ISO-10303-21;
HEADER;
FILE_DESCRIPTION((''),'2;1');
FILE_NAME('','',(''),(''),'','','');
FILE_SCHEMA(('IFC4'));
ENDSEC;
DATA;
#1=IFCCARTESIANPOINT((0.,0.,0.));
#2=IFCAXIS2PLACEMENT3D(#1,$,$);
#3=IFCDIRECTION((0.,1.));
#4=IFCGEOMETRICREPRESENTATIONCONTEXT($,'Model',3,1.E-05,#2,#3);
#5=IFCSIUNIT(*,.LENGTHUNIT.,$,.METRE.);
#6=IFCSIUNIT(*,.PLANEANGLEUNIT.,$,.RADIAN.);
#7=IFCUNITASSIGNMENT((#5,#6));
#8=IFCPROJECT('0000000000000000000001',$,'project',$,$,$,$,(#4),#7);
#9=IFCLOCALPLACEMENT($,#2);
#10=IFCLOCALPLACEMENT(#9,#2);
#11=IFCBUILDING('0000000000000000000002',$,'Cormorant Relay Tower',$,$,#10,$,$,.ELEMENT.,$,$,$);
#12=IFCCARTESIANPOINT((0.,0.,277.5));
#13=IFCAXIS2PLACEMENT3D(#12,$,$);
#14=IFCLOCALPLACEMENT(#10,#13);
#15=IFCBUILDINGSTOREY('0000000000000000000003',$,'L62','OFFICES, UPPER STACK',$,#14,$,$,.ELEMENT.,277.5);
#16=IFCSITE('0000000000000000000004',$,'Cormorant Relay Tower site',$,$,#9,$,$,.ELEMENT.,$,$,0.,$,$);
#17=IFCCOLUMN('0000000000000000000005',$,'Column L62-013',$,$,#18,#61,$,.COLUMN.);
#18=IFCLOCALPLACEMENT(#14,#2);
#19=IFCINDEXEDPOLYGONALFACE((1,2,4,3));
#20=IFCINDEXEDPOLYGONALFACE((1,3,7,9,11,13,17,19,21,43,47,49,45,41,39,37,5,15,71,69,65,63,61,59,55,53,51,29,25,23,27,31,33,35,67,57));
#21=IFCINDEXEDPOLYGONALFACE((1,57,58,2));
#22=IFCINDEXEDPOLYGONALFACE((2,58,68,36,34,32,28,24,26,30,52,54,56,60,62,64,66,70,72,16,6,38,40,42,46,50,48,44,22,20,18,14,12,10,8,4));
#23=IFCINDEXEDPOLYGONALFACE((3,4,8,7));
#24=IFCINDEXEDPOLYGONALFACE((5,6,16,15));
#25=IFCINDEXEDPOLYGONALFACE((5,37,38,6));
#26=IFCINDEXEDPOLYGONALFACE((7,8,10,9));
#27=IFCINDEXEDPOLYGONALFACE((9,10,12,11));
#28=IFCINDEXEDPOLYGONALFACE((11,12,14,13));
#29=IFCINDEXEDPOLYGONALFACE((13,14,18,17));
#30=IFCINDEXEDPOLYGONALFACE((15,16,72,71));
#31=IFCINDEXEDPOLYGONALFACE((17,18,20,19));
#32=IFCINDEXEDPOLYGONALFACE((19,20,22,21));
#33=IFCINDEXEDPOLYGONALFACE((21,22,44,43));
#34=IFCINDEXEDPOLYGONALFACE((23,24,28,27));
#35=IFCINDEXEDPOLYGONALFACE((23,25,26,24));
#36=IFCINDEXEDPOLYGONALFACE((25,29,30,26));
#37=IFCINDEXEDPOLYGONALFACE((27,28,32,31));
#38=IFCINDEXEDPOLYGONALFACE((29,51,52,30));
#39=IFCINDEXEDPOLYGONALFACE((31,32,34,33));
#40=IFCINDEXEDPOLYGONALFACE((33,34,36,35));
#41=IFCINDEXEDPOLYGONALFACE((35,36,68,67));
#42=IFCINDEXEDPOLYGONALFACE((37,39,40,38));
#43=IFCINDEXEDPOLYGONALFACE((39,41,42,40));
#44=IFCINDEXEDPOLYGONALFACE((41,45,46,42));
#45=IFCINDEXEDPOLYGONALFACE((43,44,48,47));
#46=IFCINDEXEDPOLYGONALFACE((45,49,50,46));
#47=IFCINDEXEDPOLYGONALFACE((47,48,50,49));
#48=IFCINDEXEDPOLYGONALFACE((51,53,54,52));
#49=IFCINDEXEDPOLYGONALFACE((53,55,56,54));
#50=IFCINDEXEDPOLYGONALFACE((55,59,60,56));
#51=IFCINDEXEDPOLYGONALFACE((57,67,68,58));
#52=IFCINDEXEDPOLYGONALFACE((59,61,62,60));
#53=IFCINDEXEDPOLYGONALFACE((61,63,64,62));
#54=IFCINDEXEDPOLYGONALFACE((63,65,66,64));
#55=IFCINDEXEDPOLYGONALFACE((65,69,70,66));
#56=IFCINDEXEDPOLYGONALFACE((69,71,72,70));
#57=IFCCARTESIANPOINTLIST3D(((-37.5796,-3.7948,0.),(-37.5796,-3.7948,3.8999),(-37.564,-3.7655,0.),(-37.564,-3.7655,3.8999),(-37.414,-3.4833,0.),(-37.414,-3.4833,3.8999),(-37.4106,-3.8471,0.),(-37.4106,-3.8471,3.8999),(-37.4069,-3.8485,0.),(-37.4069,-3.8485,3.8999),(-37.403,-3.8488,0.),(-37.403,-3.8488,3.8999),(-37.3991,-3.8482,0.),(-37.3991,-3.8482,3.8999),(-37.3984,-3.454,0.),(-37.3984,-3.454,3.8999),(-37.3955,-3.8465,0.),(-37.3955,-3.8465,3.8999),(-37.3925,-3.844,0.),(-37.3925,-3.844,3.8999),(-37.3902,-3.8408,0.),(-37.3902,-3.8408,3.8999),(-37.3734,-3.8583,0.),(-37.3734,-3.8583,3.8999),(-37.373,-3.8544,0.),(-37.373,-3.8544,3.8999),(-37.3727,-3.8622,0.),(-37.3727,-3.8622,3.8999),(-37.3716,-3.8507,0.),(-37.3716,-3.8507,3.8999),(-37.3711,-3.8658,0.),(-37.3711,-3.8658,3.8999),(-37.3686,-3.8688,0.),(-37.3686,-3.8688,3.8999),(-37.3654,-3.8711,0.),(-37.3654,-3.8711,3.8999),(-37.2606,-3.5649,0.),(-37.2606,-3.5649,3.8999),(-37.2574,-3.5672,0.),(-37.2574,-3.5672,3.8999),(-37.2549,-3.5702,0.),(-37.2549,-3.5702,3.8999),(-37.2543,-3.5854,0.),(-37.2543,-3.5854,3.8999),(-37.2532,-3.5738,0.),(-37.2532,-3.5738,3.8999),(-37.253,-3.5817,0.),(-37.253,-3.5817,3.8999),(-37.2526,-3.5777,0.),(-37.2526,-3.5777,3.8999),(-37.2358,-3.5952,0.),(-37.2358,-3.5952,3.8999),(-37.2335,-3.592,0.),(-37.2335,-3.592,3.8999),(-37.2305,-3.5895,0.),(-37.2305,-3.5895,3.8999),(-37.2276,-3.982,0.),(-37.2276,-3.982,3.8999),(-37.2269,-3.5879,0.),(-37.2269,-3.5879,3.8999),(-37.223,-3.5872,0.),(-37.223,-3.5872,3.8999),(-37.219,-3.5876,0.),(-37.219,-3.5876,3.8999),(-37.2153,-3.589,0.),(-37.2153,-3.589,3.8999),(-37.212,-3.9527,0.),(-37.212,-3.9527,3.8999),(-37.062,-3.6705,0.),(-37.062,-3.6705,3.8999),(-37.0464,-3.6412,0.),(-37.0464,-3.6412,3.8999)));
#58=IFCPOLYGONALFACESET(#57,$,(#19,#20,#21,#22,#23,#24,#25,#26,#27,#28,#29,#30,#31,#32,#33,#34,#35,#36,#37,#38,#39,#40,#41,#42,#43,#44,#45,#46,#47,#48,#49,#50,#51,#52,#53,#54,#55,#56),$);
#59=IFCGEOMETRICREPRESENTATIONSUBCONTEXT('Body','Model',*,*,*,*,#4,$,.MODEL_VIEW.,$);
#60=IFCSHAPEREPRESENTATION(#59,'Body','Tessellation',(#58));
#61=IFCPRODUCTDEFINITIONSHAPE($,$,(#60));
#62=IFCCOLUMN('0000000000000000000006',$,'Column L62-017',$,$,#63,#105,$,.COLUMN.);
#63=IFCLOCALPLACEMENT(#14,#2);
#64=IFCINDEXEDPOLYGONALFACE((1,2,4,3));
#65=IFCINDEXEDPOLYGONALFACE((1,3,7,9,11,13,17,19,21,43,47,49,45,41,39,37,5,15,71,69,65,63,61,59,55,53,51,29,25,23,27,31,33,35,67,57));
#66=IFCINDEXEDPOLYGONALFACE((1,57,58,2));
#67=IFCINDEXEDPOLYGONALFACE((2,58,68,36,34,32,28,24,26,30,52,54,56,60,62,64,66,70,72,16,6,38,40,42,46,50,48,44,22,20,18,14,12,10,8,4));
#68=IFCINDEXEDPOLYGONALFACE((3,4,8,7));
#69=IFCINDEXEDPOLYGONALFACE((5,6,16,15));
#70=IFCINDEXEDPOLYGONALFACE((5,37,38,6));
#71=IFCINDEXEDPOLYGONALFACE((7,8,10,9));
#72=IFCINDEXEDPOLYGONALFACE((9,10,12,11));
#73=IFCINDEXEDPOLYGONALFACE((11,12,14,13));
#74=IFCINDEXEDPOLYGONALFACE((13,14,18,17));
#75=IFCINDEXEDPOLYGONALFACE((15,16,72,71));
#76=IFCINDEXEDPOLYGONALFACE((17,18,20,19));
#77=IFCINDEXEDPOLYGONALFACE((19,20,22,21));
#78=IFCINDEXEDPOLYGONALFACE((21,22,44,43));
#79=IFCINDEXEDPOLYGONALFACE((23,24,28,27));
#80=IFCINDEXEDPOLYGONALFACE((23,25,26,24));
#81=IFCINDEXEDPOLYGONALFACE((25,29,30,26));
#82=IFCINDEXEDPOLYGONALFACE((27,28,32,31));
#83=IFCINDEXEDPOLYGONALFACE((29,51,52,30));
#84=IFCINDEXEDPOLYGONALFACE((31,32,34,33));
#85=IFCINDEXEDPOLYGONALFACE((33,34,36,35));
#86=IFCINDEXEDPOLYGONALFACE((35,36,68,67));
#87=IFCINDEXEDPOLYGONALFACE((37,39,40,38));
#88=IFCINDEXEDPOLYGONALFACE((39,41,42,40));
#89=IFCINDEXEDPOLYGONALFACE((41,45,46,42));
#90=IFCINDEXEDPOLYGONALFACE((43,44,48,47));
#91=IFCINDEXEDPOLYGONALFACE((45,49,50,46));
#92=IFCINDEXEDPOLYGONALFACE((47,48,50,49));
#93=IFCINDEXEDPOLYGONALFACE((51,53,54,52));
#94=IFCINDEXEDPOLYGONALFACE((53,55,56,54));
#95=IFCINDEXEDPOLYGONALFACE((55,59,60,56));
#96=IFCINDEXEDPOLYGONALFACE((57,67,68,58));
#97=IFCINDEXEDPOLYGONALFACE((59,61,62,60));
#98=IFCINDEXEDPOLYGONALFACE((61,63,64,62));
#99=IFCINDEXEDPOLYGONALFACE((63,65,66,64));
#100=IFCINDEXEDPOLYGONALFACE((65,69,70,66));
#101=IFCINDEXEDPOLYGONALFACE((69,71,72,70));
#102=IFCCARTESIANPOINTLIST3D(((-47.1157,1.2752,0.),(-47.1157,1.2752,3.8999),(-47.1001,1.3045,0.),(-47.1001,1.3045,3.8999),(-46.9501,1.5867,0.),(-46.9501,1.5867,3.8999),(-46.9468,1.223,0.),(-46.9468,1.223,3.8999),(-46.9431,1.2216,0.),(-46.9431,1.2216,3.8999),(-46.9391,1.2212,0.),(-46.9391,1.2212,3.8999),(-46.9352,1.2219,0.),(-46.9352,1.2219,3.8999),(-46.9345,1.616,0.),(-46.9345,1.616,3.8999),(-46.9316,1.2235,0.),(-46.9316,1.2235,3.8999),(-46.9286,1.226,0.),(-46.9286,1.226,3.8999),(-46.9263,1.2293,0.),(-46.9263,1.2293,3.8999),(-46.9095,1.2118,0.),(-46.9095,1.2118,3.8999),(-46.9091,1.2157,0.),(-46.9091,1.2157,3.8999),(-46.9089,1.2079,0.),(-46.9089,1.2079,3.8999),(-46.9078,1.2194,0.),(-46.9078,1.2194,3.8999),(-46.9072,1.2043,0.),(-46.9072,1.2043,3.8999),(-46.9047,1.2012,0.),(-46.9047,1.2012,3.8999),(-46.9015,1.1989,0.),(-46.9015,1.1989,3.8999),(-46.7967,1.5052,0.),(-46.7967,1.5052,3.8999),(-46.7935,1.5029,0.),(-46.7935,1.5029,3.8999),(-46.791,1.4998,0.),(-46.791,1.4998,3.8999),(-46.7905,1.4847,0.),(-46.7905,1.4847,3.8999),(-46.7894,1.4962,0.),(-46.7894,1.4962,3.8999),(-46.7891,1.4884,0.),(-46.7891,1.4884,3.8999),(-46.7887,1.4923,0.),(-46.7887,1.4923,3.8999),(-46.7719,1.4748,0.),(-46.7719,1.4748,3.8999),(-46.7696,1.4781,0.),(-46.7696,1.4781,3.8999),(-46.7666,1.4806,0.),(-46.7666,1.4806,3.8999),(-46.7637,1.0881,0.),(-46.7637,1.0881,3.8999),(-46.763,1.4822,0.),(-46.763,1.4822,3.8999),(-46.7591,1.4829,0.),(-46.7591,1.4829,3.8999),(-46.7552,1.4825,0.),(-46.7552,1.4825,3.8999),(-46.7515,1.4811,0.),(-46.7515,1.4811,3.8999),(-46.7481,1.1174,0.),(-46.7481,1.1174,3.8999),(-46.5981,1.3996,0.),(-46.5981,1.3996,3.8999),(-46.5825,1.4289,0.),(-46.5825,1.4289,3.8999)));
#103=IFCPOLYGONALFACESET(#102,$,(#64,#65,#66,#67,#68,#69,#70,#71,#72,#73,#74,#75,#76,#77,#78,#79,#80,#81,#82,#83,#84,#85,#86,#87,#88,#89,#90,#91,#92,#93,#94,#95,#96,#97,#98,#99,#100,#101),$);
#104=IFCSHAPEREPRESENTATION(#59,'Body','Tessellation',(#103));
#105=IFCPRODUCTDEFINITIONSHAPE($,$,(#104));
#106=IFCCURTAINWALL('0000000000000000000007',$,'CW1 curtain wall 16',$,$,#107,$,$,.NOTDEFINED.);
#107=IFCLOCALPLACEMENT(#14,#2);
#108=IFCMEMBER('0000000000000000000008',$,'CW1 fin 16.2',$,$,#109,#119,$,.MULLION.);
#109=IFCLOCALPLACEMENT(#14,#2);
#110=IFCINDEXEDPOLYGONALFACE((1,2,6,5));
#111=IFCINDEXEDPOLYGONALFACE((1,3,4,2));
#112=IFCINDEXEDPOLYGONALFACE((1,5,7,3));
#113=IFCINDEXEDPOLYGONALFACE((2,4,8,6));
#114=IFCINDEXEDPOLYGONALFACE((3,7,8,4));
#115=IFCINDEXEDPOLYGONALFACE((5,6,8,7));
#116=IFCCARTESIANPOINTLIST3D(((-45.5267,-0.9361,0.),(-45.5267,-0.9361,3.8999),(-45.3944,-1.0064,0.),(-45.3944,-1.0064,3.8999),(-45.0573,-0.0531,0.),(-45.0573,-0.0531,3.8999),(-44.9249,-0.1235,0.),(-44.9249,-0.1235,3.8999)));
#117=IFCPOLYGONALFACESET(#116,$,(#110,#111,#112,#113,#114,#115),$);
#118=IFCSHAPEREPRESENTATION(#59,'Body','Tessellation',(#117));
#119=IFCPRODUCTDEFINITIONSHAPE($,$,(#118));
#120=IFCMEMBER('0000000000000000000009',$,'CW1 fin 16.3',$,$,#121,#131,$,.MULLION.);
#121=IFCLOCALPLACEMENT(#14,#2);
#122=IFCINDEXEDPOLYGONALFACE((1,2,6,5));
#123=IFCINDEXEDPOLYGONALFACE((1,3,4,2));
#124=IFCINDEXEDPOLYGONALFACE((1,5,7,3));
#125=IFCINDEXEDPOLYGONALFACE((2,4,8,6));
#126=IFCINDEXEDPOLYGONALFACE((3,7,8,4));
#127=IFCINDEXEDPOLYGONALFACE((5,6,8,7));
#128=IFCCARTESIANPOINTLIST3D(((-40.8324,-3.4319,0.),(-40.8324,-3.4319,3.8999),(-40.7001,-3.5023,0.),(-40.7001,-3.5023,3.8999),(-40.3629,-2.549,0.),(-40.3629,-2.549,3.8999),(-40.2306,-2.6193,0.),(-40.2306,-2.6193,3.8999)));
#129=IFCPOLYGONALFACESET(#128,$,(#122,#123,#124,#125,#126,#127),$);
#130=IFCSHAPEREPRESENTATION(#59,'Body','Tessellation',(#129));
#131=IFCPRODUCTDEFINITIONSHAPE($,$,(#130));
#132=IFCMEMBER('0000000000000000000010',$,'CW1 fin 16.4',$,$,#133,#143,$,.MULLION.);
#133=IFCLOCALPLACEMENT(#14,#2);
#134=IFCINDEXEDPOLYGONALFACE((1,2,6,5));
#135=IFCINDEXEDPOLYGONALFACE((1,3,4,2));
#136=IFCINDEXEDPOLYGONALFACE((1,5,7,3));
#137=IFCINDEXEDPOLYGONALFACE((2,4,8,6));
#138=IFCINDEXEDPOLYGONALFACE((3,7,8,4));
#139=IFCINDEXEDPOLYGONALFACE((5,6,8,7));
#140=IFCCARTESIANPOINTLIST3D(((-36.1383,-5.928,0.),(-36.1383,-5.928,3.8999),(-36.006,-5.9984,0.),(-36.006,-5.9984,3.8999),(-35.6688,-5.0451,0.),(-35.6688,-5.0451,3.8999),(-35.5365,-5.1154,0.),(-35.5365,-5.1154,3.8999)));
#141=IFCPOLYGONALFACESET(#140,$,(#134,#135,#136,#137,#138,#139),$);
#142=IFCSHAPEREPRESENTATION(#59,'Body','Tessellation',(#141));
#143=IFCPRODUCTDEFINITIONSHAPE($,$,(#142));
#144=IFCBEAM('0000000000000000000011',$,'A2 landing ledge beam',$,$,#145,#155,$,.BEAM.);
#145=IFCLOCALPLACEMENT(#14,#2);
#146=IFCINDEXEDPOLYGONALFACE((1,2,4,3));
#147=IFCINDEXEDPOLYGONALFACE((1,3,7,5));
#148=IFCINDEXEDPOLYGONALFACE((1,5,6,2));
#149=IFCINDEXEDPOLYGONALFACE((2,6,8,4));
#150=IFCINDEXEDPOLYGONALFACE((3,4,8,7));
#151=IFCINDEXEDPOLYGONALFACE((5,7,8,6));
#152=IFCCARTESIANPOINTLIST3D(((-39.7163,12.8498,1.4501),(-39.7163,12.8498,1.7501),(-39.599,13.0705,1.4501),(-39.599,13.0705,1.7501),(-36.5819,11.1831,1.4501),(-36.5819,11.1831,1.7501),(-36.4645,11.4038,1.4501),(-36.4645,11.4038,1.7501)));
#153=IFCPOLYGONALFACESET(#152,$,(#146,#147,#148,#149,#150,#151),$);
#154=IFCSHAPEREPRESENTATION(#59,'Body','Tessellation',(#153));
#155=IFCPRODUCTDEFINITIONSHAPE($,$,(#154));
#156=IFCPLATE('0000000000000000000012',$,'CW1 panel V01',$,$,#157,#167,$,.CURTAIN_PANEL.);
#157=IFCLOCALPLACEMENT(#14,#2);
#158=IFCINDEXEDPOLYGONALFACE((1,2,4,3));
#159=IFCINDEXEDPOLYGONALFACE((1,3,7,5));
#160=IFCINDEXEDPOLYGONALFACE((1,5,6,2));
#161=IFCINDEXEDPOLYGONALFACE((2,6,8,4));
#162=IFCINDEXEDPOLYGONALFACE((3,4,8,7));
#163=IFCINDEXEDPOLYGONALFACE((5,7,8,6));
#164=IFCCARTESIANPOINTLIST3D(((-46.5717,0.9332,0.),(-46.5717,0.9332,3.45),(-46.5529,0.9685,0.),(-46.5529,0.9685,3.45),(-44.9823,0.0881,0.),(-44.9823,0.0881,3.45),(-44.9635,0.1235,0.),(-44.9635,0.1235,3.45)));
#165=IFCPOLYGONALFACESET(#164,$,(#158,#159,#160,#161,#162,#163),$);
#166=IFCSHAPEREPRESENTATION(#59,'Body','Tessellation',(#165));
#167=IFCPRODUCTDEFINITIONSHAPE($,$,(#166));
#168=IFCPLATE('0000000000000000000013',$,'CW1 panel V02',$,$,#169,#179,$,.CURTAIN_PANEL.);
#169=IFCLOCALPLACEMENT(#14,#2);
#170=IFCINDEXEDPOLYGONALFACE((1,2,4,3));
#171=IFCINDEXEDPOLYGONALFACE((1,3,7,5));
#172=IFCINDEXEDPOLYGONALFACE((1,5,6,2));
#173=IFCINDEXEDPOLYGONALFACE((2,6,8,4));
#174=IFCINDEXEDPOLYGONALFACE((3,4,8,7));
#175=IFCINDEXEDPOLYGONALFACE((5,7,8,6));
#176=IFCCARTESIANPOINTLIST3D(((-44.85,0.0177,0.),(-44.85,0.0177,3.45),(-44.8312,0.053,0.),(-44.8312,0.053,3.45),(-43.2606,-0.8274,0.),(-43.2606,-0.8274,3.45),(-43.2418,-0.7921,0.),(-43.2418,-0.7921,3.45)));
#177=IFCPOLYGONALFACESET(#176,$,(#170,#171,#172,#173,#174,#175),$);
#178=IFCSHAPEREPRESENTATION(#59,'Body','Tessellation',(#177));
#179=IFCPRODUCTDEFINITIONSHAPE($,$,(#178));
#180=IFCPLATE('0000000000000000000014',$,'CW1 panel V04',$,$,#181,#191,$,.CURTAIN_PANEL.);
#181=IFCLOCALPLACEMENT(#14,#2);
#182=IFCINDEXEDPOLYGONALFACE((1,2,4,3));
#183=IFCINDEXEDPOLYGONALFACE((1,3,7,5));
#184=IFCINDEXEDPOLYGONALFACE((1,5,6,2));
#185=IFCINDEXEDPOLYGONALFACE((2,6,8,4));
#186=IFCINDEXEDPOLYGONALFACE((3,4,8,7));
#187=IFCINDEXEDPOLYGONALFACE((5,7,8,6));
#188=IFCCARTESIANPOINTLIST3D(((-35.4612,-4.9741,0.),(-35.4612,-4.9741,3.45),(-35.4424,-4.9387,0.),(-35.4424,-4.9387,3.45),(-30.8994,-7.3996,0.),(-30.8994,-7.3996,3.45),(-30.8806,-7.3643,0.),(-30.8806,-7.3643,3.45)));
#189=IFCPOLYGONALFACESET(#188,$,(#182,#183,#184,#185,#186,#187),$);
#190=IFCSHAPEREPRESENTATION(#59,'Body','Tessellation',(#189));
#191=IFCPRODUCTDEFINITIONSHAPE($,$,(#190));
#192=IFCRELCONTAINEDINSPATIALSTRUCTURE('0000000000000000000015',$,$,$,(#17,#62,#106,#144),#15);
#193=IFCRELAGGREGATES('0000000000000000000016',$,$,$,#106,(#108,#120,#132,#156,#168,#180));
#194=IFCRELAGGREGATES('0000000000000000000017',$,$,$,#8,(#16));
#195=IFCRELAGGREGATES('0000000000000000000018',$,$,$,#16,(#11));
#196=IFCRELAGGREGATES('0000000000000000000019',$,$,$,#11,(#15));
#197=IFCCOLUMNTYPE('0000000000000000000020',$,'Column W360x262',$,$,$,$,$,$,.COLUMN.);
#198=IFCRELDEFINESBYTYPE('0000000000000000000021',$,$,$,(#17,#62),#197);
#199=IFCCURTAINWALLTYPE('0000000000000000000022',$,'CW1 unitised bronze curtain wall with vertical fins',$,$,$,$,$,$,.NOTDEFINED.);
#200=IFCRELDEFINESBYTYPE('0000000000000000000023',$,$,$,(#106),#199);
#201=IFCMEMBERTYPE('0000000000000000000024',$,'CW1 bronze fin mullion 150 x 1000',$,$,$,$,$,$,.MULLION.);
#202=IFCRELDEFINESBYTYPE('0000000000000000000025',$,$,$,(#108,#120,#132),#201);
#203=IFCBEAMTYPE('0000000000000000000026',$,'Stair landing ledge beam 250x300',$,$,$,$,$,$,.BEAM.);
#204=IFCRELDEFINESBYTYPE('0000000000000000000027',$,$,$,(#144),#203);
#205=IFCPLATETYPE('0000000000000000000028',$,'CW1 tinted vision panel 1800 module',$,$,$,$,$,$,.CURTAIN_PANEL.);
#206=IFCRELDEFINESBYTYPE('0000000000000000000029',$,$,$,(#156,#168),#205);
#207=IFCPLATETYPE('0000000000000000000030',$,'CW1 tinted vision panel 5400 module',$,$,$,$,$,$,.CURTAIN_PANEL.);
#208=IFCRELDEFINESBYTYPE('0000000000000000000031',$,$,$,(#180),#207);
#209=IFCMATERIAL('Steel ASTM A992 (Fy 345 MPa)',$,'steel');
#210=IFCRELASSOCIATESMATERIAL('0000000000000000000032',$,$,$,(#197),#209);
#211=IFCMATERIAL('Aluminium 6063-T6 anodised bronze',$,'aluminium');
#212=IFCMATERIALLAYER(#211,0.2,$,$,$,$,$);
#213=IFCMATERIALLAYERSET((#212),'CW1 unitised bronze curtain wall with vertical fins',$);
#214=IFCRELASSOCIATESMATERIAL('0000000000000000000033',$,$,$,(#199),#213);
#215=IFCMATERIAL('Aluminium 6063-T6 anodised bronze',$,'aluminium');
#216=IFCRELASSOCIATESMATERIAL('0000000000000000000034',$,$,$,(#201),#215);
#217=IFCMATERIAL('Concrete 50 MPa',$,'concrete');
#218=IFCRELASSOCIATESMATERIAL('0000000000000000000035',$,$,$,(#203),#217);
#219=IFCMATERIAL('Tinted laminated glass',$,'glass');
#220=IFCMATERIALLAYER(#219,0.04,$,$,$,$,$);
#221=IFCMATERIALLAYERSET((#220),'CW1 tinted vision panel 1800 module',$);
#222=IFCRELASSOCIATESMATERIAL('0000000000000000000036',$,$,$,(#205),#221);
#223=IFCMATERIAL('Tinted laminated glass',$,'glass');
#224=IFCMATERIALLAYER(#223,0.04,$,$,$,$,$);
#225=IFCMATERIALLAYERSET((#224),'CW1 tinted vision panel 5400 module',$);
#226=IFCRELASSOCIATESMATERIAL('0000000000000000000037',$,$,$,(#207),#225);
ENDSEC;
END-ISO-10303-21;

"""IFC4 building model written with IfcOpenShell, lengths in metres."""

from ifc_helpers import new_model, si_unit, direction, frame, origin, origin_2d, place, context, subcontext, project, spatial, rectangle, i_section, extrude, material, layer, layer_set, material_profile, profile_set, type_object, element, aggregate, save


model = new_model("IFC4")

# Units and contexts
model_context = context("Model", 3, precision=1e-05, world=origin(), true_north=direction((0.0, 1.0)))
body_context = subcontext(model_context, "Body", "Model", "MODEL_VIEW")
ifc_project = project(units=[si_unit("LENGTHUNIT", "METRE"), si_unit("PLANEANGLEUNIT", "RADIAN")], contexts=[model_context])

# Site, building, storey
site_placement = place(None, origin())
site = spatial("IfcSite", under=ifc_project, at=site_placement, Name="Cormorant Relay Tower site", CompositionType="ELEMENT", RefElevation=0.0)
building_placement = place(site_placement, origin())
building = spatial("IfcBuilding", under=site, at=building_placement, Name="Cormorant Relay Tower", CompositionType="ELEMENT")
storey_placement = place(building_placement, frame((0.0, 0.0, 277.5)))
storey = spatial("IfcBuildingStorey", under=building, at=storey_placement, Name="L62", Description="OFFICES, UPPER STACK", CompositionType="ELEMENT", Elevation=277.5)

# Columns
ifc_material_1 = material(Name="Steel ASTM A992 (Fy 345 MPa)", Category="steel")
ifc_material_profile_1 = material_profile(ifc_material_1, i_section(OverallWidth=0.3987, OverallDepth=0.386, WebThickness=0.021, FlangeThickness=0.0332, FilletRadius=0.0151, at=origin_2d()), Name="W360x262")
ifc_profile_set_1 = profile_set([ifc_material_profile_1], Name="Steel ASTM A992 (Fy 345 MPa)")
column_type = type_object("IfcColumnType", Name="Column W360x262", PredefinedType="COLUMN", material=ifc_profile_set_1)
for number, where, z_axis, x_axis, name in (
    (1, (-37.313, -3.718, 0.0), (0.0, 0.0, 1.0), (0.882948, -0.469472, 0.0), "Column L62-013"),
    (2, (-46.8491, 1.3521, 0.0), (0.0, 0.0, 1.0), (0.882948, -0.469472, 0.0), "Column L62-017"),
):
    element("IfcColumn", number, at=place(storey_placement, frame(where, z_axis=z_axis, x_axis=x_axis)), inside=storey, type_object=column_type, Name=name, PredefinedType="COLUMN", context=body_context, shape_type="SweptSolid", body=[
        extrude(i_section(OverallWidth=0.3987, OverallDepth=0.386, WebThickness=0.021, FlangeThickness=0.0332, FilletRadius=0.0151, at=origin_2d()), origin(), (0.0, 0.0, 1.0), 3.8999),
    ])

# Curtain wall, members
ifc_material_2 = material(Name="Aluminium 6063-T6 anodised bronze", Category="aluminium")
ifc_layer_1 = layer(ifc_material_2, 0.2)
ifc_layer_set_1 = layer_set([ifc_layer_1], Name="CW1 unitised bronze curtain wall with vertical fins")
curtain_wall_type = type_object("IfcCurtainWallType", Name="CW1 unitised bronze curtain wall with vertical fins", PredefinedType="NOTDEFINED", material=ifc_layer_set_1)
curtain_wall_placement = place(storey_placement, origin())
curtain_wall = element("IfcCurtainWall", 3, at=curtain_wall_placement, inside=storey, type_object=curtain_wall_type, Name="CW1 curtain wall 16", PredefinedType="NOTDEFINED")
ifc_material_3 = material(Name="Aluminium 6063-T6 anodised bronze", Category="aluminium")
ifc_material_profile_2 = material_profile(ifc_material_3, rectangle(XDim=0.1499, YDim=1.0, at=origin_2d()), Name="AL 150x1000")
ifc_profile_set_2 = profile_set([ifc_material_profile_2], Name="Aluminium 6063-T6 anodised bronze")
member_type = type_object("IfcMemberType", Name="CW1 bronze fin mullion 150 x 1000", PredefinedType="MULLION", material=ifc_profile_set_2)
member_1_placement = place(storey_placement, frame((-45.2258, -0.5298, 0.0), z_axis=(0.0, 0.0, 1.0), x_axis=(0.882948, -0.469472, 0.0)))
member_1 = element("IfcMember", 4, at=member_1_placement, type_object=member_type, Name="CW1 fin 16.2", PredefinedType="MULLION", context=body_context, shape_type="SweptSolid", body=[
    extrude(rectangle(XDim=0.1499, YDim=1.0, at=origin_2d()), origin(), (0.0, 0.0, 1.0), 3.8999),
])
member_2_placement = place(storey_placement, frame((-40.5315, -3.0256, 0.0), z_axis=(0.0, 0.0, 1.0), x_axis=(0.882948, -0.469472, 0.0)))
member_2 = element("IfcMember", 5, at=member_2_placement, type_object=member_type, Name="CW1 fin 16.3", PredefinedType="MULLION", context=body_context, shape_type="SweptSolid", body=[
    extrude(rectangle(XDim=0.1499, YDim=1.0, at=origin_2d()), origin(), (0.0, 0.0, 1.0), 3.8999),
])
member_3_placement = place(storey_placement, frame((-35.8374, -5.5217, 0.0), z_axis=(0.0, 0.0, 1.0), x_axis=(0.882948, -0.469472, 0.0)))
member_3 = element("IfcMember", 6, at=member_3_placement, type_object=member_type, Name="CW1 fin 16.4", PredefinedType="MULLION", context=body_context, shape_type="SweptSolid", body=[
    extrude(rectangle(XDim=0.1499, YDim=1.0, at=origin_2d()), origin(), (0.0, 0.0, 1.0), 3.8999),
])

# Beam
ifc_material_4 = material(Name="Concrete 50 MPa", Category="concrete")
ifc_material_profile_3 = material_profile(ifc_material_4, rectangle(XDim=0.25, YDim=0.3, at=origin_2d()), Name="RC 250x300")
ifc_profile_set_3 = profile_set([ifc_material_profile_3], Name="Concrete 50 MPa")
beam_type = type_object("IfcBeamType", Name="Stair landing ledge beam 250x300", PredefinedType="BEAM", material=ifc_profile_set_3)
beam_placement = place(storey_placement, frame((-36.5232, 11.2935, 1.6001), z_axis=(-0.882937, 0.469492, 0.0), x_axis=(-0.469492, -0.882937, 0.0)))
element("IfcBeam", 7, at=beam_placement, inside=storey, type_object=beam_type, Name="A2 landing ledge beam", PredefinedType="BEAM", context=body_context, shape_type="SweptSolid", body=[
    extrude(rectangle(XDim=0.25, YDim=0.3, at=origin_2d()), origin(), (0.0, 0.0, 1.0), 3.55),
])

# Plates
ifc_material_5 = material(Name="Tinted laminated glass", Category="glass")
ifc_layer_2 = layer(ifc_material_5, 0.04)
ifc_layer_set_2 = layer_set([ifc_layer_2], Name="CW1 tinted vision panel 1800 module")
plate_type_1 = type_object("IfcPlateType", Name="CW1 tinted vision panel 1800 module", PredefinedType="CURTAIN_PANEL", material=ifc_layer_set_2)
plate_1_placement = place(storey_placement, frame((-45.7676, 0.5283, 0.0), z_axis=(0.0, 0.0, 1.0), x_axis=(0.882948, -0.469472, 0.0)))
plate_1 = element("IfcPlate", 8, at=plate_1_placement, type_object=plate_type_1, Name="CW1 panel V01", PredefinedType="CURTAIN_PANEL", context=body_context, shape_type="SweptSolid", body=[
    extrude(rectangle(XDim=1.8, YDim=0.04, at=origin_2d()), origin(), (0.0, 0.0, 1.0), 3.45),
])
plate_2_placement = place(storey_placement, frame((-44.0459, -0.3872, 0.0), z_axis=(0.0, 0.0, 1.0), x_axis=(0.882948, -0.469472, 0.0)))
plate_2 = element("IfcPlate", 9, at=plate_2_placement, type_object=plate_type_1, Name="CW1 panel V02", PredefinedType="CURTAIN_PANEL", context=body_context, shape_type="SweptSolid", body=[
    extrude(rectangle(XDim=1.8, YDim=0.04, at=origin_2d()), origin(), (0.0, 0.0, 1.0), 3.45),
])
ifc_material_6 = material(Name="Tinted laminated glass", Category="glass")
ifc_layer_3 = layer(ifc_material_6, 0.04)
ifc_layer_set_3 = layer_set([ifc_layer_3], Name="CW1 tinted vision panel 5400 module")
plate_type_2 = type_object("IfcPlateType", Name="CW1 tinted vision panel 5400 module", PredefinedType="CURTAIN_PANEL", material=ifc_layer_set_3)
plate_3_placement = place(storey_placement, frame((-33.1709, -6.1692, 0.0), z_axis=(0.0, 0.0, 1.0), x_axis=(0.882948, -0.469472, 0.0)))
plate_3 = element("IfcPlate", 10, at=plate_3_placement, type_object=plate_type_2, Name="CW1 panel V04", PredefinedType="CURTAIN_PANEL", context=body_context, shape_type="SweptSolid", body=[
    extrude(rectangle(XDim=5.1665, YDim=0.04, at=origin_2d()), origin(), (0.0, 0.0, 1.0), 3.45),
])

aggregate(curtain_wall, [member_1, member_2, member_3, plate_1, plate_2, plate_3])

save(model, "model.ifc")
